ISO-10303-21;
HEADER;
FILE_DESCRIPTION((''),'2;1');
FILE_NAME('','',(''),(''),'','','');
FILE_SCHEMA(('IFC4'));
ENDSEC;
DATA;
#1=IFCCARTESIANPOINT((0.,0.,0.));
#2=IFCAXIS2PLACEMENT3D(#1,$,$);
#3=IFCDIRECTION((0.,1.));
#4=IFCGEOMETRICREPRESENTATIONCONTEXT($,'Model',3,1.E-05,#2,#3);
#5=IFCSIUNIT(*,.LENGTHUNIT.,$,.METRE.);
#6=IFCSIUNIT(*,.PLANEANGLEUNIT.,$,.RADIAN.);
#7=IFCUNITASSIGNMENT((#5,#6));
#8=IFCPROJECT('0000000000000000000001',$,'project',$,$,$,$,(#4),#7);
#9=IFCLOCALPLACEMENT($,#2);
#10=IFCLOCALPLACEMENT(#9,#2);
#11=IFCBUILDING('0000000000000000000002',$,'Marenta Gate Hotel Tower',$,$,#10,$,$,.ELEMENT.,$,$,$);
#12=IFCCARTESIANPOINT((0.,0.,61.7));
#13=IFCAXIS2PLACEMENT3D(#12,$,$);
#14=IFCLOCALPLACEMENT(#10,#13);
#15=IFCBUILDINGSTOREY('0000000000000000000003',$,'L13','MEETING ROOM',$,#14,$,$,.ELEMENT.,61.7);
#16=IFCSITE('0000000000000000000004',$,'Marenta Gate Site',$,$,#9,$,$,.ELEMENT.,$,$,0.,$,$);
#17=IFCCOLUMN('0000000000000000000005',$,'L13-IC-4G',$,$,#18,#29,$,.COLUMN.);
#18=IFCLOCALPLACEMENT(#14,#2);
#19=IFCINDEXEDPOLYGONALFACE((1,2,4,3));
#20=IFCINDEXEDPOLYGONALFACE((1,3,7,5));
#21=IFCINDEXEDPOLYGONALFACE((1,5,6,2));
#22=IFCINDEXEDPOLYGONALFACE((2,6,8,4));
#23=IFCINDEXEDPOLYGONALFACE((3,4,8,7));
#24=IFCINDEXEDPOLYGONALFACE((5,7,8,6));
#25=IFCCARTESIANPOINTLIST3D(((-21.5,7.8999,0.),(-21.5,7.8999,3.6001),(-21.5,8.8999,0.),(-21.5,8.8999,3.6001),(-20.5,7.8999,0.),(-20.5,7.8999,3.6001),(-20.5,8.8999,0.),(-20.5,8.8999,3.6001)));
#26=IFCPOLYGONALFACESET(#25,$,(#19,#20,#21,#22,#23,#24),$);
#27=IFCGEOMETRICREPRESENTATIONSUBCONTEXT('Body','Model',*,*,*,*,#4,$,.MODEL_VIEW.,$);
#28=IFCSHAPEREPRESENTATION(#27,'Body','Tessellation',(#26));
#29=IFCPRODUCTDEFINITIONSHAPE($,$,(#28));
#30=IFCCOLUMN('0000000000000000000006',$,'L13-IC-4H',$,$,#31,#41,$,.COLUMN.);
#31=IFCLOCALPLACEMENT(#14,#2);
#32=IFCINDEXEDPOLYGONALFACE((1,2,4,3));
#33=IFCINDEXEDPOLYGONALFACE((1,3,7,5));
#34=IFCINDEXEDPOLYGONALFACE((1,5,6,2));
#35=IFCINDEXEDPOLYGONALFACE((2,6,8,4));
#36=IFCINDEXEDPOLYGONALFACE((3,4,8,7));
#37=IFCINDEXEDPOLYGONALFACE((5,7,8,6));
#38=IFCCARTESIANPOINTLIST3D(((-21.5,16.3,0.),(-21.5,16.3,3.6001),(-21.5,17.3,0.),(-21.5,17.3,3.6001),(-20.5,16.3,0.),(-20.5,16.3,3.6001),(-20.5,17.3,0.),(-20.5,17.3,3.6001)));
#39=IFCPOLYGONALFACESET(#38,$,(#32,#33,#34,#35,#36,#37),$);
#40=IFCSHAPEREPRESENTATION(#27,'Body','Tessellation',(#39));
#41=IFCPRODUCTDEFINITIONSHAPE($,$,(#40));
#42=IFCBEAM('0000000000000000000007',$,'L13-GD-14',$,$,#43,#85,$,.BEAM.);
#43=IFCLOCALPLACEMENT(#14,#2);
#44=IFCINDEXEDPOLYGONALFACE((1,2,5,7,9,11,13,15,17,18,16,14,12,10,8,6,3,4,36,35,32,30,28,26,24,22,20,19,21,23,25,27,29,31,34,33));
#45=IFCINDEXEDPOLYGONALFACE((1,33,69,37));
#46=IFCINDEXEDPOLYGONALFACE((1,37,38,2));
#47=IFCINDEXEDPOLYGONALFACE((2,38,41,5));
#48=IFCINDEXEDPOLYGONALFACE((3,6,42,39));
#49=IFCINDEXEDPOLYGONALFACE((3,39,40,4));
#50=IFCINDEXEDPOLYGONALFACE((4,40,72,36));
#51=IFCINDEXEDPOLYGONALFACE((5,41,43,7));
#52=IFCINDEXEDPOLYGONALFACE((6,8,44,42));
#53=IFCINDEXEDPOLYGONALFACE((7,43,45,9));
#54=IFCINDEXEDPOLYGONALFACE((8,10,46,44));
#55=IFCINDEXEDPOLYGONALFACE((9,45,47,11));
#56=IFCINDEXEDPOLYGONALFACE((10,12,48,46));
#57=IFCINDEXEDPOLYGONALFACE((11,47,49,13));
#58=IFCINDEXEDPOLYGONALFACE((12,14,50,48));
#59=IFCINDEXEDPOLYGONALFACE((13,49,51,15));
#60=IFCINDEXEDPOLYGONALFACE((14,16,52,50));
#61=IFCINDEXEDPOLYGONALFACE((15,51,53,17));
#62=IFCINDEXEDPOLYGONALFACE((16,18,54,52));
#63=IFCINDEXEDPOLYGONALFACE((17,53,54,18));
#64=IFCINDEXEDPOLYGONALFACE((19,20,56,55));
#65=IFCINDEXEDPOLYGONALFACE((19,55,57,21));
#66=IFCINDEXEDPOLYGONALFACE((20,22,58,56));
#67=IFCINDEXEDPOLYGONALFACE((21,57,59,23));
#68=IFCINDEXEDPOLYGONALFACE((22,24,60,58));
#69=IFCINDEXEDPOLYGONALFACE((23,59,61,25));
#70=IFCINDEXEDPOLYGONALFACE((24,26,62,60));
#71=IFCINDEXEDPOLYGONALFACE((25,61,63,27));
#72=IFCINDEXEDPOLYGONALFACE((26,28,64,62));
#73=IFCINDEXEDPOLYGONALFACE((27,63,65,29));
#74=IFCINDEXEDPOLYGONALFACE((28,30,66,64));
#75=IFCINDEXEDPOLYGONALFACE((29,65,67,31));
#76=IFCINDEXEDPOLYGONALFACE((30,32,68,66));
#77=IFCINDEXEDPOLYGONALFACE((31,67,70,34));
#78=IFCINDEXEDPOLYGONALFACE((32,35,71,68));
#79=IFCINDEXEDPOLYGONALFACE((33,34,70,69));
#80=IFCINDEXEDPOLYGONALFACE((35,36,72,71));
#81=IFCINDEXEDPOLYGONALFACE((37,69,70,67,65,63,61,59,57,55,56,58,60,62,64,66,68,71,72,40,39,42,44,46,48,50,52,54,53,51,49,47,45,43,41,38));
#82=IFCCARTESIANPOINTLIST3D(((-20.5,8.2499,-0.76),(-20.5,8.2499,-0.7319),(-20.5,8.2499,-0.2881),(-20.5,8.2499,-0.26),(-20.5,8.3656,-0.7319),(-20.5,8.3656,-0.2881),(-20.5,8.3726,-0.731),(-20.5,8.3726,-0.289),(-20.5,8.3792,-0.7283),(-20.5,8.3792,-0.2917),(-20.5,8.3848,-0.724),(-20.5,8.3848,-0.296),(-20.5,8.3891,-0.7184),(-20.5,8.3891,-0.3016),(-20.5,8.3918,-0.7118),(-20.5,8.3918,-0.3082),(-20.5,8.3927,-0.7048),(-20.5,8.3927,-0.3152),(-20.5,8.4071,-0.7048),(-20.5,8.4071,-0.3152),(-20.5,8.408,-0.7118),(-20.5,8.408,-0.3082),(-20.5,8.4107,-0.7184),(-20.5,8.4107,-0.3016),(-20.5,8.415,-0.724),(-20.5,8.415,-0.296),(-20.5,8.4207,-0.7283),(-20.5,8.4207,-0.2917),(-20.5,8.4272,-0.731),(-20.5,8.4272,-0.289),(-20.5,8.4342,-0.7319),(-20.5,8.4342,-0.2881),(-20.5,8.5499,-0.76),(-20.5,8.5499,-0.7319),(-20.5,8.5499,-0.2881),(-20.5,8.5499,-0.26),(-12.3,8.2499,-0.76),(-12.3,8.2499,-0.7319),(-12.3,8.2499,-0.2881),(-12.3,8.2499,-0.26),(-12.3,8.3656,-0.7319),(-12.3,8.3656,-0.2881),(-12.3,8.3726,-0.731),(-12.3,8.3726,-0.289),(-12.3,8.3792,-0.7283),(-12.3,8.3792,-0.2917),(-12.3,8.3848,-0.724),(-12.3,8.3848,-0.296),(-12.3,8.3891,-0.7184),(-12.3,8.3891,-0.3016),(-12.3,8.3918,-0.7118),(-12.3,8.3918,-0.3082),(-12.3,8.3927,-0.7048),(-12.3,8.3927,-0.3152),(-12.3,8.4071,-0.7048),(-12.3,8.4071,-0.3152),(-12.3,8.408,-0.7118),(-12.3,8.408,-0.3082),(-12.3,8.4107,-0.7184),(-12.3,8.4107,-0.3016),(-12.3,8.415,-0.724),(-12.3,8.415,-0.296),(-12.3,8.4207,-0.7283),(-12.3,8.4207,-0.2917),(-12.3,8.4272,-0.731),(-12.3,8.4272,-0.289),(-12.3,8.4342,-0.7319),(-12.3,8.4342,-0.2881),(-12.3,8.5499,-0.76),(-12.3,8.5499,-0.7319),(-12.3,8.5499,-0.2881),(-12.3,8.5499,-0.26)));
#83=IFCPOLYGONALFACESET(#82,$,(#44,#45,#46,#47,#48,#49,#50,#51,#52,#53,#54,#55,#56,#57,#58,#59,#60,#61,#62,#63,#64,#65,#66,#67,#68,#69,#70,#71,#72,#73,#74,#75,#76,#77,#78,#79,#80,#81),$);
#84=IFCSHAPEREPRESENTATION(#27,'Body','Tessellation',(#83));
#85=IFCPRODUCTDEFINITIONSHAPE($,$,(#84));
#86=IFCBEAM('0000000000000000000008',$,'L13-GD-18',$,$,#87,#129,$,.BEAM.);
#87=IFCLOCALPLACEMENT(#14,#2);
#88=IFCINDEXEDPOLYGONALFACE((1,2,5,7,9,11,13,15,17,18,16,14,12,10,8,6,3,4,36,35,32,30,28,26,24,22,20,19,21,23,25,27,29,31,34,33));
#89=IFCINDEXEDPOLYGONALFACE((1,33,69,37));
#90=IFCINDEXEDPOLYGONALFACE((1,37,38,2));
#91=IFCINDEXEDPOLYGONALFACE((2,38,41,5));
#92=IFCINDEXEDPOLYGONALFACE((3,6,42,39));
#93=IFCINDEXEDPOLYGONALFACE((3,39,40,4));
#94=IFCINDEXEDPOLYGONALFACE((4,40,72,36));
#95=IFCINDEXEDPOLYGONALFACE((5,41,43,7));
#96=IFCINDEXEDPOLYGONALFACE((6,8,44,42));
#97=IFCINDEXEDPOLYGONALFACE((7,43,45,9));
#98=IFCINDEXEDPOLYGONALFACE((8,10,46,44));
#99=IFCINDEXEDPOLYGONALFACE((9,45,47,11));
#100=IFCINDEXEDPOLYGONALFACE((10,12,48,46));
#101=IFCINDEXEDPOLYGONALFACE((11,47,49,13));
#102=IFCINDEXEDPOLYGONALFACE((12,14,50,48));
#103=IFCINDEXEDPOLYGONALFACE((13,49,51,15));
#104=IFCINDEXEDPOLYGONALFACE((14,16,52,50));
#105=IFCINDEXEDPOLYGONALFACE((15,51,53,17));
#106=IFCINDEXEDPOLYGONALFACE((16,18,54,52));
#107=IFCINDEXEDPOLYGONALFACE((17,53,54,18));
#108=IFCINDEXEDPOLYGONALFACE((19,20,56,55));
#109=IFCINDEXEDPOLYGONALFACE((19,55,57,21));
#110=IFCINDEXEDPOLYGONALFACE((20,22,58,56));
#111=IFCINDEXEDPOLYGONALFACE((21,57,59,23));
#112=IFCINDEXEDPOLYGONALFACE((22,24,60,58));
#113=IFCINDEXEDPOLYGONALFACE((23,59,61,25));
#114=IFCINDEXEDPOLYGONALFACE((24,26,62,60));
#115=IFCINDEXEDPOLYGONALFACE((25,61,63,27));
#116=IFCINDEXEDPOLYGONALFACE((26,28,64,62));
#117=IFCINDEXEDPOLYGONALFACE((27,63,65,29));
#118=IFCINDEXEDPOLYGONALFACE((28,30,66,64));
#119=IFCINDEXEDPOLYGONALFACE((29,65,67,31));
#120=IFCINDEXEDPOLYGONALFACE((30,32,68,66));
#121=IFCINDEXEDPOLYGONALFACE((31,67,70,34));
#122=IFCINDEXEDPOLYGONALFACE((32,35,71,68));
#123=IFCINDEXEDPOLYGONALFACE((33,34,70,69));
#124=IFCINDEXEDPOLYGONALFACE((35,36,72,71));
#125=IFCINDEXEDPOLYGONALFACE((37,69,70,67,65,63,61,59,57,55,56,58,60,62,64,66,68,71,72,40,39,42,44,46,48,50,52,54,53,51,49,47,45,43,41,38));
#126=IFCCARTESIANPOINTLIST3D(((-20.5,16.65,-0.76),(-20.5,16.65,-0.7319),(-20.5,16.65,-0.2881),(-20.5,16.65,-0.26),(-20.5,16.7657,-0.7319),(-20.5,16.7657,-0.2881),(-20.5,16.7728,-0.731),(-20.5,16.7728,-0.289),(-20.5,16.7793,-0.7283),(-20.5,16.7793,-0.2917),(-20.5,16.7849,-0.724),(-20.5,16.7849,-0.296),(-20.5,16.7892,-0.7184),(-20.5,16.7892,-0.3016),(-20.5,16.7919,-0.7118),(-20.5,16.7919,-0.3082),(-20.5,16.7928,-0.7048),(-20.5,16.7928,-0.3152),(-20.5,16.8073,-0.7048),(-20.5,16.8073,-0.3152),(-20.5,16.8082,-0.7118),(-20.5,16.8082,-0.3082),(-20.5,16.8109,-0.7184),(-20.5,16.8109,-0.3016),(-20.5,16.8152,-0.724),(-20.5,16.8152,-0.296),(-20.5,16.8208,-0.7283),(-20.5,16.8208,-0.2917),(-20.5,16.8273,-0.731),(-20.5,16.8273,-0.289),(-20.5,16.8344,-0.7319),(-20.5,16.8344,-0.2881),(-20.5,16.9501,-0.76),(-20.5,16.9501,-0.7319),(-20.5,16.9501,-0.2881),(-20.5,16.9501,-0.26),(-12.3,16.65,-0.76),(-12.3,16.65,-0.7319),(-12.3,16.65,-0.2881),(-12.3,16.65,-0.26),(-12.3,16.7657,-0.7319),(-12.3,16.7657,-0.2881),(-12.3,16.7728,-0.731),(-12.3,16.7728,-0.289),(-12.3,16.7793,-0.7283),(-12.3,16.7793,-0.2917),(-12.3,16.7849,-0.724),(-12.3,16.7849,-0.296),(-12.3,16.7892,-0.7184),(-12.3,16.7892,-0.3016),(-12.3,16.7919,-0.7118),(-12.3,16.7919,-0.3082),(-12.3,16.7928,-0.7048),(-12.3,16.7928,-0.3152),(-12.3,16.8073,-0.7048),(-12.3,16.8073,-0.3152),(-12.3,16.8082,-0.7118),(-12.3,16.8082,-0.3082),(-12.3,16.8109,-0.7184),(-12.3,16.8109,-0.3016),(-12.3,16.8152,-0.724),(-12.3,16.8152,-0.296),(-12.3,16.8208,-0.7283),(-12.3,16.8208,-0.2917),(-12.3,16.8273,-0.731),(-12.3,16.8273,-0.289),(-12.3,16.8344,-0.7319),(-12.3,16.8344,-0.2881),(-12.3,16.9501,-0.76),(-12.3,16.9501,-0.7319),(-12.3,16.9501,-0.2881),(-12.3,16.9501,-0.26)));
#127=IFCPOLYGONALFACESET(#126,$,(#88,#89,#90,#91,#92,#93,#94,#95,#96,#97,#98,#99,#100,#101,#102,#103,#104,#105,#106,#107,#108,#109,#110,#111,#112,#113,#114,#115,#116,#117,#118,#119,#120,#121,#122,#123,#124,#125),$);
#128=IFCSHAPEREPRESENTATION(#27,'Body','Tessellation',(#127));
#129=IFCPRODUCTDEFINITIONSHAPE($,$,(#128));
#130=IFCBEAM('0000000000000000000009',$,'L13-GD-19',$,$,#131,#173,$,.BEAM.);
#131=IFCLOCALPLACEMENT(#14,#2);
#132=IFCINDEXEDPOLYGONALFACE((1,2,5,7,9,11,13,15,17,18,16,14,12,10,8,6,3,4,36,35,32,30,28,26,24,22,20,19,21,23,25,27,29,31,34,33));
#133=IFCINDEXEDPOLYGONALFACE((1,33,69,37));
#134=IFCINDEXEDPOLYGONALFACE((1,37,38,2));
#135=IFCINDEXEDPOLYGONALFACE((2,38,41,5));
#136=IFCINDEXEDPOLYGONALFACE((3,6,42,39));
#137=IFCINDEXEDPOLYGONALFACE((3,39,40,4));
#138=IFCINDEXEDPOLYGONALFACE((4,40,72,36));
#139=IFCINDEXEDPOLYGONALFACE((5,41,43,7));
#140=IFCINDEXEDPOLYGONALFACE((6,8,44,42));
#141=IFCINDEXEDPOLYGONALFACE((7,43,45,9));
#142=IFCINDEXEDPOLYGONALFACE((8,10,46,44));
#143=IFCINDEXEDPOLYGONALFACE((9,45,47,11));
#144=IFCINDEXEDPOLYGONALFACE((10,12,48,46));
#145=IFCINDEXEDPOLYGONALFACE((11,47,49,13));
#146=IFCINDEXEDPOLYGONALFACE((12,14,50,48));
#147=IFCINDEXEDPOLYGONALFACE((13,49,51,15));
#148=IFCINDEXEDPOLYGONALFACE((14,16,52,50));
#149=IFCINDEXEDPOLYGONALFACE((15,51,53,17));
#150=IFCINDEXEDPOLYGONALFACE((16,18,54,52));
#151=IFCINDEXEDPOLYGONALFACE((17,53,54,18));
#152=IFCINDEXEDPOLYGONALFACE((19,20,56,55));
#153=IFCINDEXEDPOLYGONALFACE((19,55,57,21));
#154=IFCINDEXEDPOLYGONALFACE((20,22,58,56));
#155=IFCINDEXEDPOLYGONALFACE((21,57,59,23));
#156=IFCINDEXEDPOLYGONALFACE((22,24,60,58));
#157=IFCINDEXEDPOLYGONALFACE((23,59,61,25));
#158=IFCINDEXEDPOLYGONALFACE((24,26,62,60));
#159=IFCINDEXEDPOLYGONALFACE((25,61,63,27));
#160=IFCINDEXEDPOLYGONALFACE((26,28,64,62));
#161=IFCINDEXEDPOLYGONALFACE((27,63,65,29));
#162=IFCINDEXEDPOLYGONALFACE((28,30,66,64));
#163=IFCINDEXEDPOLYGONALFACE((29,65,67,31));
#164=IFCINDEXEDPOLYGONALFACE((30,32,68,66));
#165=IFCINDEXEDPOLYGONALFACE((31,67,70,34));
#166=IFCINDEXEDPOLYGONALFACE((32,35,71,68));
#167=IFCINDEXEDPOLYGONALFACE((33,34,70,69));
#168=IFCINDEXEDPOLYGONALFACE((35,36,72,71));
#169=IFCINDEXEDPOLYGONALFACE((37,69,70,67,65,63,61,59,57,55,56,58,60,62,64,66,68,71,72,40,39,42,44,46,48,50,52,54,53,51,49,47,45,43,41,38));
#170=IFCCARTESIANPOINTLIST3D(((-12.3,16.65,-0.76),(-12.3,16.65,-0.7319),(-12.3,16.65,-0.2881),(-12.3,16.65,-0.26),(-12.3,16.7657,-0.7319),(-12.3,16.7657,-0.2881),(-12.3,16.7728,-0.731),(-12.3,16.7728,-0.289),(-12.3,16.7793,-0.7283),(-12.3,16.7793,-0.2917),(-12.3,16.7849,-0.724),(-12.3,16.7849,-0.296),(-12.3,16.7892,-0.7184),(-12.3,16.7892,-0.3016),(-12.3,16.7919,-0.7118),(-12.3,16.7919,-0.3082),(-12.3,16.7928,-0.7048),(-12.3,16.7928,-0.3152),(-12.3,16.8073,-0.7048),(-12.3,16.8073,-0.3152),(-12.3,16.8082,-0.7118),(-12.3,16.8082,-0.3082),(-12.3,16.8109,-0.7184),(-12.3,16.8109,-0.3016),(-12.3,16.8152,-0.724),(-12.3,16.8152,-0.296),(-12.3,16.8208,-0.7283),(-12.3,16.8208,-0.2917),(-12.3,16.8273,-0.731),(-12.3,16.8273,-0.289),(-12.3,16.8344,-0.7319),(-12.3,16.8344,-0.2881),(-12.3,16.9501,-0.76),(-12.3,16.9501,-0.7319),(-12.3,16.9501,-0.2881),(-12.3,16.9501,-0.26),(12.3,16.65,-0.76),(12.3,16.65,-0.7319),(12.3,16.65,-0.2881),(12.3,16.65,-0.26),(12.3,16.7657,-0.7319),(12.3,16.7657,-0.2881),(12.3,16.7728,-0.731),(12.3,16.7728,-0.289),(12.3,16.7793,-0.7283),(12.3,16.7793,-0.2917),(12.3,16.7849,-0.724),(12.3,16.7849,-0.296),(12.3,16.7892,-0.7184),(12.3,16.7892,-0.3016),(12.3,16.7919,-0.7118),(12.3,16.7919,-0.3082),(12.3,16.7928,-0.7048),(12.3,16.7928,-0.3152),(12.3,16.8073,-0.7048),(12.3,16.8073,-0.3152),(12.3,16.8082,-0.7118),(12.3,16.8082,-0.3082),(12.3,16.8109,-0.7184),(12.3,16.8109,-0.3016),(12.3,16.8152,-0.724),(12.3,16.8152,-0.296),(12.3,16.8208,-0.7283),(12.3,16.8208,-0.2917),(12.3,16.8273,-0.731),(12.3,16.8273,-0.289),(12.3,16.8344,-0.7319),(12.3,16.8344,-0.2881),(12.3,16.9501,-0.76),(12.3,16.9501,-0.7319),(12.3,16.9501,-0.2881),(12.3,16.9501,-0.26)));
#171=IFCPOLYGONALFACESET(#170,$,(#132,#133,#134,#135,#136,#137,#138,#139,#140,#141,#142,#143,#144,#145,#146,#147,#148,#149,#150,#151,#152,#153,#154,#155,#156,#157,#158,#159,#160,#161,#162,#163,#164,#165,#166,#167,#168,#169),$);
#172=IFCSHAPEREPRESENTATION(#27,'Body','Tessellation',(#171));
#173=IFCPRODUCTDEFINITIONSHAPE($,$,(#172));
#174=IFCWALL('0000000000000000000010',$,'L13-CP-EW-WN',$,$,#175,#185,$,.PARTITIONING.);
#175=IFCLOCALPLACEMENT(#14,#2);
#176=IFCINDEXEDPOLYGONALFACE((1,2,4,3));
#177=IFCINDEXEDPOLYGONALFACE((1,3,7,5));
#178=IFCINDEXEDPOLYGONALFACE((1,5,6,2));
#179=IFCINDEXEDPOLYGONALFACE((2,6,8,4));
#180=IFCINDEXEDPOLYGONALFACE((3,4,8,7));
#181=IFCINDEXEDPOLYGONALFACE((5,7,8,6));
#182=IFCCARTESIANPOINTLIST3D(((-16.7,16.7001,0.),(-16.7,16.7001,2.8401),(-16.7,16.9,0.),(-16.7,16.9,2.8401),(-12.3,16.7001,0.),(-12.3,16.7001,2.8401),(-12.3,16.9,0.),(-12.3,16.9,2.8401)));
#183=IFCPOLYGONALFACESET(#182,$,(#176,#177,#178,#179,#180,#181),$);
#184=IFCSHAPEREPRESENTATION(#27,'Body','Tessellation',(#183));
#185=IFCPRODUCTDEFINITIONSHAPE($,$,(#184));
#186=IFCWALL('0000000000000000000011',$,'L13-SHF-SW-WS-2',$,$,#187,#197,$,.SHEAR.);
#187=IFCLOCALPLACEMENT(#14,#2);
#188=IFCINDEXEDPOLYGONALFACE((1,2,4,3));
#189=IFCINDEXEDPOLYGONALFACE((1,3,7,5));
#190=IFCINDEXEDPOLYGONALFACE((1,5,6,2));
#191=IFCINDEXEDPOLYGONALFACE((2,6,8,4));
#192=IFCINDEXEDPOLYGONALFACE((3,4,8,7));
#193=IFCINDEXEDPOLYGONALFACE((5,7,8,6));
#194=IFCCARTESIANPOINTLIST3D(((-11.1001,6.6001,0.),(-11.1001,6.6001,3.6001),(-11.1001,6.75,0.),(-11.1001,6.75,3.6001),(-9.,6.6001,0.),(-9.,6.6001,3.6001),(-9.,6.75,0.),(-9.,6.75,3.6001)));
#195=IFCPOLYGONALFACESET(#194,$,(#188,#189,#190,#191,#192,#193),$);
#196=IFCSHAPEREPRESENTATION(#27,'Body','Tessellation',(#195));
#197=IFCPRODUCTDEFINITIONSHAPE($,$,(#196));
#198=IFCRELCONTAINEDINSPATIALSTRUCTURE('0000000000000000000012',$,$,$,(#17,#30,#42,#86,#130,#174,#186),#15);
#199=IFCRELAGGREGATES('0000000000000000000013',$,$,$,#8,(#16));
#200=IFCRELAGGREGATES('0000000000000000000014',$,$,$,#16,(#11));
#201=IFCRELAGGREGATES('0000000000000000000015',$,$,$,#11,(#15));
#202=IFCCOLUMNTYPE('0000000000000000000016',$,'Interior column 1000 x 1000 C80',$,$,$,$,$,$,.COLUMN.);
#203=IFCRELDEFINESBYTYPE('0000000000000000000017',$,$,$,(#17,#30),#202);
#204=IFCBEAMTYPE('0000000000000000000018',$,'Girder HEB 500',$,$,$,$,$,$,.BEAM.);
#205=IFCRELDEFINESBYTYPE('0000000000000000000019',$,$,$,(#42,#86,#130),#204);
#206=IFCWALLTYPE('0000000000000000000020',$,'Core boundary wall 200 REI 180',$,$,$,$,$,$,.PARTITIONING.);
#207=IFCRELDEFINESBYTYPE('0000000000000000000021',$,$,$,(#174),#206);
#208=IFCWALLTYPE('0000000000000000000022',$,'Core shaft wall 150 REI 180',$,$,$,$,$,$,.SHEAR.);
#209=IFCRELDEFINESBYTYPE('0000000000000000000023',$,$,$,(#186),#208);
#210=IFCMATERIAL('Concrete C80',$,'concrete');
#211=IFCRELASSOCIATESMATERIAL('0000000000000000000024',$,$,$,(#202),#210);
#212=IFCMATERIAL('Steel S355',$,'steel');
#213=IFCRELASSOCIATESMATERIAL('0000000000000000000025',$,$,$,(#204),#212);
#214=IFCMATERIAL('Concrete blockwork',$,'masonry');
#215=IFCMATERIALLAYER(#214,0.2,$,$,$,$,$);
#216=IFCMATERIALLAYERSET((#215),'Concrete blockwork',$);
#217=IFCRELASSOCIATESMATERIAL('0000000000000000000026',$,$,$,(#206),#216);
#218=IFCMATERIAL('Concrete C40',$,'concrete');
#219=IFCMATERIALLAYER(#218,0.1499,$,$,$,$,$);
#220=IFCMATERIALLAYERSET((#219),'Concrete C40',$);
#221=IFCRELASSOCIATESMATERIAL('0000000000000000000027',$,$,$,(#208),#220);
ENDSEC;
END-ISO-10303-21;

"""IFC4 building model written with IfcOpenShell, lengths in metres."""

from ifc_helpers import new_model, si_unit, direction, frame, frame_2d, origin, origin_2d, place, context, subcontext, project, spatial, rectangle, i_section, extrude, material, layer, layer_set, material_profile, profile_set, type_object, element, save


model = new_model("IFC4")

# Units and contexts
model_context = context("Model", 3, precision=1e-05, world=origin(), true_north=direction((0.0, 1.0)))
body_context = subcontext(model_context, "Body", "Model", "MODEL_VIEW")
ifc_project = project(units=[si_unit("LENGTHUNIT", "METRE"), si_unit("PLANEANGLEUNIT", "RADIAN")], contexts=[model_context])

# Site, building, storey
site_placement = place(None, origin())
site = spatial("IfcSite", under=ifc_project, at=site_placement, Name="Marenta Gate Site", CompositionType="ELEMENT", RefElevation=0.0)
building_placement = place(site_placement, origin())
building = spatial("IfcBuilding", under=site, at=building_placement, Name="Marenta Gate Hotel Tower", CompositionType="ELEMENT")
storey_placement = place(building_placement, frame((0.0, 0.0, 61.7)))
storey = spatial("IfcBuildingStorey", under=building, at=storey_placement, Name="L13", Description="MEETING ROOM", CompositionType="ELEMENT", Elevation=61.7)

# Columns
ifc_material_1 = material(Name="Concrete C80", Category="concrete")
ifc_material_profile_1 = material_profile(ifc_material_1, rectangle(XDim=1.0, YDim=1.0, at=origin_2d()), Name="1000 x 1000")
ifc_profile_set_1 = profile_set([ifc_material_profile_1], Name="Concrete C80")
column_type = type_object("IfcColumnType", Name="Interior column 1000 x 1000 C80", PredefinedType="COLUMN", material=ifc_profile_set_1)
for number, where, z_axis, x_axis, name in (
    (1, (-21.0, 8.3999, 0.0), (0.0, 0.0, 1.0), (1.0, 0.0, 0.0), "L13-IC-4G"),
    (2, (-21.0, 16.8, 0.0), (0.0, 0.0, 1.0), (1.0, 0.0, 0.0), "L13-IC-4H"),
):
    element("IfcColumn", number, at=place(storey_placement, frame(where, z_axis=z_axis, x_axis=x_axis)), inside=storey, type_object=column_type, Name=name, PredefinedType="COLUMN", context=body_context, shape_type="SweptSolid", body=[
        extrude(rectangle(XDim=1.0, YDim=1.0, at=origin_2d()), origin(), (0.0, 0.0, 1.0), 3.6001),
    ])

# Beams
ifc_material_2 = material(Name="Steel S355", Category="steel")
ifc_material_profile_2 = material_profile(ifc_material_2, i_section(OverallWidth=0.3, OverallDepth=0.5, WebThickness=0.0144, FlangeThickness=0.0281, FilletRadius=0.0271, at=origin_2d()), Name="HEB 500")
ifc_profile_set_2 = profile_set([ifc_material_profile_2], Name="Steel S355")
beam_type = type_object("IfcBeamType", Name="Girder HEB 500", PredefinedType="BEAM", material=ifc_profile_set_2)
for number, where, z_axis, x_axis, name in (
    (3, (-20.5, 8.3999, -0.51), (1.0, 0.0, 0.0), (0.0, 1.0, 0.0), "L13-GD-14"),
    (4, (-20.5, 16.8, -0.51), (1.0, 0.0, 0.0), (0.0, 1.0, 0.0), "L13-GD-18"),
):
    element("IfcBeam", number, at=place(storey_placement, frame(where, z_axis=z_axis, x_axis=x_axis)), inside=storey, type_object=beam_type, Name=name, PredefinedType="BEAM", context=body_context, shape_type="SweptSolid", body=[
        extrude(i_section(OverallWidth=0.3, OverallDepth=0.5, WebThickness=0.0144, FlangeThickness=0.0281, FilletRadius=0.0271, at=origin_2d()), origin(), (0.0, 0.0, 1.0), 8.2),
    ])
beam_placement = place(storey_placement, frame((-12.3, 16.8, -0.51), z_axis=(1.0, 0.0, 0.0), x_axis=(0.0, 1.0, 0.0)))
element("IfcBeam", 5, at=beam_placement, inside=storey, type_object=beam_type, Name="L13-GD-19", PredefinedType="BEAM", context=body_context, shape_type="SweptSolid", body=[
    extrude(i_section(OverallWidth=0.3, OverallDepth=0.5, WebThickness=0.0144, FlangeThickness=0.0281, FilletRadius=0.0271, at=origin_2d()), origin(), (0.0, 0.0, 1.0), 24.6001),
])

# Walls
ifc_material_3 = material(Name="Concrete blockwork", Category="masonry")
ifc_layer_1 = layer(ifc_material_3, 0.2)
ifc_layer_set_1 = layer_set([ifc_layer_1], Name="Concrete blockwork")
wall_type_1 = type_object("IfcWallType", Name="Core boundary wall 200 REI 180", PredefinedType="PARTITIONING", material=ifc_layer_set_1)
wall_1_placement = place(storey_placement, frame((-16.7, 16.8, 0.0), z_axis=(0.0, 0.0, 1.0), x_axis=(1.0, 0.0, 0.0)))
element("IfcWall", 6, at=wall_1_placement, inside=storey, type_object=wall_type_1, Name="L13-CP-EW-WN", PredefinedType="PARTITIONING", context=body_context, shape_type="SweptSolid", body=[
    extrude(rectangle(XDim=4.3999, YDim=0.2, at=frame_2d((2.2, 0.0))), origin(), (0.0, 0.0, 1.0), 2.8401),
])
ifc_material_4 = material(Name="Concrete C40", Category="concrete")
ifc_layer_2 = layer(ifc_material_4, 0.1499)
ifc_layer_set_2 = layer_set([ifc_layer_2], Name="Concrete C40")
wall_type_2 = type_object("IfcWallType", Name="Core shaft wall 150 REI 180", PredefinedType="SHEAR", material=ifc_layer_set_2)
for number, where, z_axis, x_axis, name in (
    (7, (-11.1001, 6.675, 0.0), (0.0, 0.0, 1.0), (1.0, 0.0, 0.0), "L13-SHF-SW-WS-2"),
):
    element("IfcWall", number, at=place(storey_placement, frame(where, z_axis=z_axis, x_axis=x_axis)), inside=storey, type_object=wall_type_2, Name=name, PredefinedType="SHEAR", context=body_context, shape_type="SweptSolid", body=[
        extrude(rectangle(XDim=2.1001, YDim=0.1499, at=frame_2d((1.05, 0.0))), origin(), (0.0, 0.0, 1.0), 3.6001),
    ])

save(model, "model.ifc")
